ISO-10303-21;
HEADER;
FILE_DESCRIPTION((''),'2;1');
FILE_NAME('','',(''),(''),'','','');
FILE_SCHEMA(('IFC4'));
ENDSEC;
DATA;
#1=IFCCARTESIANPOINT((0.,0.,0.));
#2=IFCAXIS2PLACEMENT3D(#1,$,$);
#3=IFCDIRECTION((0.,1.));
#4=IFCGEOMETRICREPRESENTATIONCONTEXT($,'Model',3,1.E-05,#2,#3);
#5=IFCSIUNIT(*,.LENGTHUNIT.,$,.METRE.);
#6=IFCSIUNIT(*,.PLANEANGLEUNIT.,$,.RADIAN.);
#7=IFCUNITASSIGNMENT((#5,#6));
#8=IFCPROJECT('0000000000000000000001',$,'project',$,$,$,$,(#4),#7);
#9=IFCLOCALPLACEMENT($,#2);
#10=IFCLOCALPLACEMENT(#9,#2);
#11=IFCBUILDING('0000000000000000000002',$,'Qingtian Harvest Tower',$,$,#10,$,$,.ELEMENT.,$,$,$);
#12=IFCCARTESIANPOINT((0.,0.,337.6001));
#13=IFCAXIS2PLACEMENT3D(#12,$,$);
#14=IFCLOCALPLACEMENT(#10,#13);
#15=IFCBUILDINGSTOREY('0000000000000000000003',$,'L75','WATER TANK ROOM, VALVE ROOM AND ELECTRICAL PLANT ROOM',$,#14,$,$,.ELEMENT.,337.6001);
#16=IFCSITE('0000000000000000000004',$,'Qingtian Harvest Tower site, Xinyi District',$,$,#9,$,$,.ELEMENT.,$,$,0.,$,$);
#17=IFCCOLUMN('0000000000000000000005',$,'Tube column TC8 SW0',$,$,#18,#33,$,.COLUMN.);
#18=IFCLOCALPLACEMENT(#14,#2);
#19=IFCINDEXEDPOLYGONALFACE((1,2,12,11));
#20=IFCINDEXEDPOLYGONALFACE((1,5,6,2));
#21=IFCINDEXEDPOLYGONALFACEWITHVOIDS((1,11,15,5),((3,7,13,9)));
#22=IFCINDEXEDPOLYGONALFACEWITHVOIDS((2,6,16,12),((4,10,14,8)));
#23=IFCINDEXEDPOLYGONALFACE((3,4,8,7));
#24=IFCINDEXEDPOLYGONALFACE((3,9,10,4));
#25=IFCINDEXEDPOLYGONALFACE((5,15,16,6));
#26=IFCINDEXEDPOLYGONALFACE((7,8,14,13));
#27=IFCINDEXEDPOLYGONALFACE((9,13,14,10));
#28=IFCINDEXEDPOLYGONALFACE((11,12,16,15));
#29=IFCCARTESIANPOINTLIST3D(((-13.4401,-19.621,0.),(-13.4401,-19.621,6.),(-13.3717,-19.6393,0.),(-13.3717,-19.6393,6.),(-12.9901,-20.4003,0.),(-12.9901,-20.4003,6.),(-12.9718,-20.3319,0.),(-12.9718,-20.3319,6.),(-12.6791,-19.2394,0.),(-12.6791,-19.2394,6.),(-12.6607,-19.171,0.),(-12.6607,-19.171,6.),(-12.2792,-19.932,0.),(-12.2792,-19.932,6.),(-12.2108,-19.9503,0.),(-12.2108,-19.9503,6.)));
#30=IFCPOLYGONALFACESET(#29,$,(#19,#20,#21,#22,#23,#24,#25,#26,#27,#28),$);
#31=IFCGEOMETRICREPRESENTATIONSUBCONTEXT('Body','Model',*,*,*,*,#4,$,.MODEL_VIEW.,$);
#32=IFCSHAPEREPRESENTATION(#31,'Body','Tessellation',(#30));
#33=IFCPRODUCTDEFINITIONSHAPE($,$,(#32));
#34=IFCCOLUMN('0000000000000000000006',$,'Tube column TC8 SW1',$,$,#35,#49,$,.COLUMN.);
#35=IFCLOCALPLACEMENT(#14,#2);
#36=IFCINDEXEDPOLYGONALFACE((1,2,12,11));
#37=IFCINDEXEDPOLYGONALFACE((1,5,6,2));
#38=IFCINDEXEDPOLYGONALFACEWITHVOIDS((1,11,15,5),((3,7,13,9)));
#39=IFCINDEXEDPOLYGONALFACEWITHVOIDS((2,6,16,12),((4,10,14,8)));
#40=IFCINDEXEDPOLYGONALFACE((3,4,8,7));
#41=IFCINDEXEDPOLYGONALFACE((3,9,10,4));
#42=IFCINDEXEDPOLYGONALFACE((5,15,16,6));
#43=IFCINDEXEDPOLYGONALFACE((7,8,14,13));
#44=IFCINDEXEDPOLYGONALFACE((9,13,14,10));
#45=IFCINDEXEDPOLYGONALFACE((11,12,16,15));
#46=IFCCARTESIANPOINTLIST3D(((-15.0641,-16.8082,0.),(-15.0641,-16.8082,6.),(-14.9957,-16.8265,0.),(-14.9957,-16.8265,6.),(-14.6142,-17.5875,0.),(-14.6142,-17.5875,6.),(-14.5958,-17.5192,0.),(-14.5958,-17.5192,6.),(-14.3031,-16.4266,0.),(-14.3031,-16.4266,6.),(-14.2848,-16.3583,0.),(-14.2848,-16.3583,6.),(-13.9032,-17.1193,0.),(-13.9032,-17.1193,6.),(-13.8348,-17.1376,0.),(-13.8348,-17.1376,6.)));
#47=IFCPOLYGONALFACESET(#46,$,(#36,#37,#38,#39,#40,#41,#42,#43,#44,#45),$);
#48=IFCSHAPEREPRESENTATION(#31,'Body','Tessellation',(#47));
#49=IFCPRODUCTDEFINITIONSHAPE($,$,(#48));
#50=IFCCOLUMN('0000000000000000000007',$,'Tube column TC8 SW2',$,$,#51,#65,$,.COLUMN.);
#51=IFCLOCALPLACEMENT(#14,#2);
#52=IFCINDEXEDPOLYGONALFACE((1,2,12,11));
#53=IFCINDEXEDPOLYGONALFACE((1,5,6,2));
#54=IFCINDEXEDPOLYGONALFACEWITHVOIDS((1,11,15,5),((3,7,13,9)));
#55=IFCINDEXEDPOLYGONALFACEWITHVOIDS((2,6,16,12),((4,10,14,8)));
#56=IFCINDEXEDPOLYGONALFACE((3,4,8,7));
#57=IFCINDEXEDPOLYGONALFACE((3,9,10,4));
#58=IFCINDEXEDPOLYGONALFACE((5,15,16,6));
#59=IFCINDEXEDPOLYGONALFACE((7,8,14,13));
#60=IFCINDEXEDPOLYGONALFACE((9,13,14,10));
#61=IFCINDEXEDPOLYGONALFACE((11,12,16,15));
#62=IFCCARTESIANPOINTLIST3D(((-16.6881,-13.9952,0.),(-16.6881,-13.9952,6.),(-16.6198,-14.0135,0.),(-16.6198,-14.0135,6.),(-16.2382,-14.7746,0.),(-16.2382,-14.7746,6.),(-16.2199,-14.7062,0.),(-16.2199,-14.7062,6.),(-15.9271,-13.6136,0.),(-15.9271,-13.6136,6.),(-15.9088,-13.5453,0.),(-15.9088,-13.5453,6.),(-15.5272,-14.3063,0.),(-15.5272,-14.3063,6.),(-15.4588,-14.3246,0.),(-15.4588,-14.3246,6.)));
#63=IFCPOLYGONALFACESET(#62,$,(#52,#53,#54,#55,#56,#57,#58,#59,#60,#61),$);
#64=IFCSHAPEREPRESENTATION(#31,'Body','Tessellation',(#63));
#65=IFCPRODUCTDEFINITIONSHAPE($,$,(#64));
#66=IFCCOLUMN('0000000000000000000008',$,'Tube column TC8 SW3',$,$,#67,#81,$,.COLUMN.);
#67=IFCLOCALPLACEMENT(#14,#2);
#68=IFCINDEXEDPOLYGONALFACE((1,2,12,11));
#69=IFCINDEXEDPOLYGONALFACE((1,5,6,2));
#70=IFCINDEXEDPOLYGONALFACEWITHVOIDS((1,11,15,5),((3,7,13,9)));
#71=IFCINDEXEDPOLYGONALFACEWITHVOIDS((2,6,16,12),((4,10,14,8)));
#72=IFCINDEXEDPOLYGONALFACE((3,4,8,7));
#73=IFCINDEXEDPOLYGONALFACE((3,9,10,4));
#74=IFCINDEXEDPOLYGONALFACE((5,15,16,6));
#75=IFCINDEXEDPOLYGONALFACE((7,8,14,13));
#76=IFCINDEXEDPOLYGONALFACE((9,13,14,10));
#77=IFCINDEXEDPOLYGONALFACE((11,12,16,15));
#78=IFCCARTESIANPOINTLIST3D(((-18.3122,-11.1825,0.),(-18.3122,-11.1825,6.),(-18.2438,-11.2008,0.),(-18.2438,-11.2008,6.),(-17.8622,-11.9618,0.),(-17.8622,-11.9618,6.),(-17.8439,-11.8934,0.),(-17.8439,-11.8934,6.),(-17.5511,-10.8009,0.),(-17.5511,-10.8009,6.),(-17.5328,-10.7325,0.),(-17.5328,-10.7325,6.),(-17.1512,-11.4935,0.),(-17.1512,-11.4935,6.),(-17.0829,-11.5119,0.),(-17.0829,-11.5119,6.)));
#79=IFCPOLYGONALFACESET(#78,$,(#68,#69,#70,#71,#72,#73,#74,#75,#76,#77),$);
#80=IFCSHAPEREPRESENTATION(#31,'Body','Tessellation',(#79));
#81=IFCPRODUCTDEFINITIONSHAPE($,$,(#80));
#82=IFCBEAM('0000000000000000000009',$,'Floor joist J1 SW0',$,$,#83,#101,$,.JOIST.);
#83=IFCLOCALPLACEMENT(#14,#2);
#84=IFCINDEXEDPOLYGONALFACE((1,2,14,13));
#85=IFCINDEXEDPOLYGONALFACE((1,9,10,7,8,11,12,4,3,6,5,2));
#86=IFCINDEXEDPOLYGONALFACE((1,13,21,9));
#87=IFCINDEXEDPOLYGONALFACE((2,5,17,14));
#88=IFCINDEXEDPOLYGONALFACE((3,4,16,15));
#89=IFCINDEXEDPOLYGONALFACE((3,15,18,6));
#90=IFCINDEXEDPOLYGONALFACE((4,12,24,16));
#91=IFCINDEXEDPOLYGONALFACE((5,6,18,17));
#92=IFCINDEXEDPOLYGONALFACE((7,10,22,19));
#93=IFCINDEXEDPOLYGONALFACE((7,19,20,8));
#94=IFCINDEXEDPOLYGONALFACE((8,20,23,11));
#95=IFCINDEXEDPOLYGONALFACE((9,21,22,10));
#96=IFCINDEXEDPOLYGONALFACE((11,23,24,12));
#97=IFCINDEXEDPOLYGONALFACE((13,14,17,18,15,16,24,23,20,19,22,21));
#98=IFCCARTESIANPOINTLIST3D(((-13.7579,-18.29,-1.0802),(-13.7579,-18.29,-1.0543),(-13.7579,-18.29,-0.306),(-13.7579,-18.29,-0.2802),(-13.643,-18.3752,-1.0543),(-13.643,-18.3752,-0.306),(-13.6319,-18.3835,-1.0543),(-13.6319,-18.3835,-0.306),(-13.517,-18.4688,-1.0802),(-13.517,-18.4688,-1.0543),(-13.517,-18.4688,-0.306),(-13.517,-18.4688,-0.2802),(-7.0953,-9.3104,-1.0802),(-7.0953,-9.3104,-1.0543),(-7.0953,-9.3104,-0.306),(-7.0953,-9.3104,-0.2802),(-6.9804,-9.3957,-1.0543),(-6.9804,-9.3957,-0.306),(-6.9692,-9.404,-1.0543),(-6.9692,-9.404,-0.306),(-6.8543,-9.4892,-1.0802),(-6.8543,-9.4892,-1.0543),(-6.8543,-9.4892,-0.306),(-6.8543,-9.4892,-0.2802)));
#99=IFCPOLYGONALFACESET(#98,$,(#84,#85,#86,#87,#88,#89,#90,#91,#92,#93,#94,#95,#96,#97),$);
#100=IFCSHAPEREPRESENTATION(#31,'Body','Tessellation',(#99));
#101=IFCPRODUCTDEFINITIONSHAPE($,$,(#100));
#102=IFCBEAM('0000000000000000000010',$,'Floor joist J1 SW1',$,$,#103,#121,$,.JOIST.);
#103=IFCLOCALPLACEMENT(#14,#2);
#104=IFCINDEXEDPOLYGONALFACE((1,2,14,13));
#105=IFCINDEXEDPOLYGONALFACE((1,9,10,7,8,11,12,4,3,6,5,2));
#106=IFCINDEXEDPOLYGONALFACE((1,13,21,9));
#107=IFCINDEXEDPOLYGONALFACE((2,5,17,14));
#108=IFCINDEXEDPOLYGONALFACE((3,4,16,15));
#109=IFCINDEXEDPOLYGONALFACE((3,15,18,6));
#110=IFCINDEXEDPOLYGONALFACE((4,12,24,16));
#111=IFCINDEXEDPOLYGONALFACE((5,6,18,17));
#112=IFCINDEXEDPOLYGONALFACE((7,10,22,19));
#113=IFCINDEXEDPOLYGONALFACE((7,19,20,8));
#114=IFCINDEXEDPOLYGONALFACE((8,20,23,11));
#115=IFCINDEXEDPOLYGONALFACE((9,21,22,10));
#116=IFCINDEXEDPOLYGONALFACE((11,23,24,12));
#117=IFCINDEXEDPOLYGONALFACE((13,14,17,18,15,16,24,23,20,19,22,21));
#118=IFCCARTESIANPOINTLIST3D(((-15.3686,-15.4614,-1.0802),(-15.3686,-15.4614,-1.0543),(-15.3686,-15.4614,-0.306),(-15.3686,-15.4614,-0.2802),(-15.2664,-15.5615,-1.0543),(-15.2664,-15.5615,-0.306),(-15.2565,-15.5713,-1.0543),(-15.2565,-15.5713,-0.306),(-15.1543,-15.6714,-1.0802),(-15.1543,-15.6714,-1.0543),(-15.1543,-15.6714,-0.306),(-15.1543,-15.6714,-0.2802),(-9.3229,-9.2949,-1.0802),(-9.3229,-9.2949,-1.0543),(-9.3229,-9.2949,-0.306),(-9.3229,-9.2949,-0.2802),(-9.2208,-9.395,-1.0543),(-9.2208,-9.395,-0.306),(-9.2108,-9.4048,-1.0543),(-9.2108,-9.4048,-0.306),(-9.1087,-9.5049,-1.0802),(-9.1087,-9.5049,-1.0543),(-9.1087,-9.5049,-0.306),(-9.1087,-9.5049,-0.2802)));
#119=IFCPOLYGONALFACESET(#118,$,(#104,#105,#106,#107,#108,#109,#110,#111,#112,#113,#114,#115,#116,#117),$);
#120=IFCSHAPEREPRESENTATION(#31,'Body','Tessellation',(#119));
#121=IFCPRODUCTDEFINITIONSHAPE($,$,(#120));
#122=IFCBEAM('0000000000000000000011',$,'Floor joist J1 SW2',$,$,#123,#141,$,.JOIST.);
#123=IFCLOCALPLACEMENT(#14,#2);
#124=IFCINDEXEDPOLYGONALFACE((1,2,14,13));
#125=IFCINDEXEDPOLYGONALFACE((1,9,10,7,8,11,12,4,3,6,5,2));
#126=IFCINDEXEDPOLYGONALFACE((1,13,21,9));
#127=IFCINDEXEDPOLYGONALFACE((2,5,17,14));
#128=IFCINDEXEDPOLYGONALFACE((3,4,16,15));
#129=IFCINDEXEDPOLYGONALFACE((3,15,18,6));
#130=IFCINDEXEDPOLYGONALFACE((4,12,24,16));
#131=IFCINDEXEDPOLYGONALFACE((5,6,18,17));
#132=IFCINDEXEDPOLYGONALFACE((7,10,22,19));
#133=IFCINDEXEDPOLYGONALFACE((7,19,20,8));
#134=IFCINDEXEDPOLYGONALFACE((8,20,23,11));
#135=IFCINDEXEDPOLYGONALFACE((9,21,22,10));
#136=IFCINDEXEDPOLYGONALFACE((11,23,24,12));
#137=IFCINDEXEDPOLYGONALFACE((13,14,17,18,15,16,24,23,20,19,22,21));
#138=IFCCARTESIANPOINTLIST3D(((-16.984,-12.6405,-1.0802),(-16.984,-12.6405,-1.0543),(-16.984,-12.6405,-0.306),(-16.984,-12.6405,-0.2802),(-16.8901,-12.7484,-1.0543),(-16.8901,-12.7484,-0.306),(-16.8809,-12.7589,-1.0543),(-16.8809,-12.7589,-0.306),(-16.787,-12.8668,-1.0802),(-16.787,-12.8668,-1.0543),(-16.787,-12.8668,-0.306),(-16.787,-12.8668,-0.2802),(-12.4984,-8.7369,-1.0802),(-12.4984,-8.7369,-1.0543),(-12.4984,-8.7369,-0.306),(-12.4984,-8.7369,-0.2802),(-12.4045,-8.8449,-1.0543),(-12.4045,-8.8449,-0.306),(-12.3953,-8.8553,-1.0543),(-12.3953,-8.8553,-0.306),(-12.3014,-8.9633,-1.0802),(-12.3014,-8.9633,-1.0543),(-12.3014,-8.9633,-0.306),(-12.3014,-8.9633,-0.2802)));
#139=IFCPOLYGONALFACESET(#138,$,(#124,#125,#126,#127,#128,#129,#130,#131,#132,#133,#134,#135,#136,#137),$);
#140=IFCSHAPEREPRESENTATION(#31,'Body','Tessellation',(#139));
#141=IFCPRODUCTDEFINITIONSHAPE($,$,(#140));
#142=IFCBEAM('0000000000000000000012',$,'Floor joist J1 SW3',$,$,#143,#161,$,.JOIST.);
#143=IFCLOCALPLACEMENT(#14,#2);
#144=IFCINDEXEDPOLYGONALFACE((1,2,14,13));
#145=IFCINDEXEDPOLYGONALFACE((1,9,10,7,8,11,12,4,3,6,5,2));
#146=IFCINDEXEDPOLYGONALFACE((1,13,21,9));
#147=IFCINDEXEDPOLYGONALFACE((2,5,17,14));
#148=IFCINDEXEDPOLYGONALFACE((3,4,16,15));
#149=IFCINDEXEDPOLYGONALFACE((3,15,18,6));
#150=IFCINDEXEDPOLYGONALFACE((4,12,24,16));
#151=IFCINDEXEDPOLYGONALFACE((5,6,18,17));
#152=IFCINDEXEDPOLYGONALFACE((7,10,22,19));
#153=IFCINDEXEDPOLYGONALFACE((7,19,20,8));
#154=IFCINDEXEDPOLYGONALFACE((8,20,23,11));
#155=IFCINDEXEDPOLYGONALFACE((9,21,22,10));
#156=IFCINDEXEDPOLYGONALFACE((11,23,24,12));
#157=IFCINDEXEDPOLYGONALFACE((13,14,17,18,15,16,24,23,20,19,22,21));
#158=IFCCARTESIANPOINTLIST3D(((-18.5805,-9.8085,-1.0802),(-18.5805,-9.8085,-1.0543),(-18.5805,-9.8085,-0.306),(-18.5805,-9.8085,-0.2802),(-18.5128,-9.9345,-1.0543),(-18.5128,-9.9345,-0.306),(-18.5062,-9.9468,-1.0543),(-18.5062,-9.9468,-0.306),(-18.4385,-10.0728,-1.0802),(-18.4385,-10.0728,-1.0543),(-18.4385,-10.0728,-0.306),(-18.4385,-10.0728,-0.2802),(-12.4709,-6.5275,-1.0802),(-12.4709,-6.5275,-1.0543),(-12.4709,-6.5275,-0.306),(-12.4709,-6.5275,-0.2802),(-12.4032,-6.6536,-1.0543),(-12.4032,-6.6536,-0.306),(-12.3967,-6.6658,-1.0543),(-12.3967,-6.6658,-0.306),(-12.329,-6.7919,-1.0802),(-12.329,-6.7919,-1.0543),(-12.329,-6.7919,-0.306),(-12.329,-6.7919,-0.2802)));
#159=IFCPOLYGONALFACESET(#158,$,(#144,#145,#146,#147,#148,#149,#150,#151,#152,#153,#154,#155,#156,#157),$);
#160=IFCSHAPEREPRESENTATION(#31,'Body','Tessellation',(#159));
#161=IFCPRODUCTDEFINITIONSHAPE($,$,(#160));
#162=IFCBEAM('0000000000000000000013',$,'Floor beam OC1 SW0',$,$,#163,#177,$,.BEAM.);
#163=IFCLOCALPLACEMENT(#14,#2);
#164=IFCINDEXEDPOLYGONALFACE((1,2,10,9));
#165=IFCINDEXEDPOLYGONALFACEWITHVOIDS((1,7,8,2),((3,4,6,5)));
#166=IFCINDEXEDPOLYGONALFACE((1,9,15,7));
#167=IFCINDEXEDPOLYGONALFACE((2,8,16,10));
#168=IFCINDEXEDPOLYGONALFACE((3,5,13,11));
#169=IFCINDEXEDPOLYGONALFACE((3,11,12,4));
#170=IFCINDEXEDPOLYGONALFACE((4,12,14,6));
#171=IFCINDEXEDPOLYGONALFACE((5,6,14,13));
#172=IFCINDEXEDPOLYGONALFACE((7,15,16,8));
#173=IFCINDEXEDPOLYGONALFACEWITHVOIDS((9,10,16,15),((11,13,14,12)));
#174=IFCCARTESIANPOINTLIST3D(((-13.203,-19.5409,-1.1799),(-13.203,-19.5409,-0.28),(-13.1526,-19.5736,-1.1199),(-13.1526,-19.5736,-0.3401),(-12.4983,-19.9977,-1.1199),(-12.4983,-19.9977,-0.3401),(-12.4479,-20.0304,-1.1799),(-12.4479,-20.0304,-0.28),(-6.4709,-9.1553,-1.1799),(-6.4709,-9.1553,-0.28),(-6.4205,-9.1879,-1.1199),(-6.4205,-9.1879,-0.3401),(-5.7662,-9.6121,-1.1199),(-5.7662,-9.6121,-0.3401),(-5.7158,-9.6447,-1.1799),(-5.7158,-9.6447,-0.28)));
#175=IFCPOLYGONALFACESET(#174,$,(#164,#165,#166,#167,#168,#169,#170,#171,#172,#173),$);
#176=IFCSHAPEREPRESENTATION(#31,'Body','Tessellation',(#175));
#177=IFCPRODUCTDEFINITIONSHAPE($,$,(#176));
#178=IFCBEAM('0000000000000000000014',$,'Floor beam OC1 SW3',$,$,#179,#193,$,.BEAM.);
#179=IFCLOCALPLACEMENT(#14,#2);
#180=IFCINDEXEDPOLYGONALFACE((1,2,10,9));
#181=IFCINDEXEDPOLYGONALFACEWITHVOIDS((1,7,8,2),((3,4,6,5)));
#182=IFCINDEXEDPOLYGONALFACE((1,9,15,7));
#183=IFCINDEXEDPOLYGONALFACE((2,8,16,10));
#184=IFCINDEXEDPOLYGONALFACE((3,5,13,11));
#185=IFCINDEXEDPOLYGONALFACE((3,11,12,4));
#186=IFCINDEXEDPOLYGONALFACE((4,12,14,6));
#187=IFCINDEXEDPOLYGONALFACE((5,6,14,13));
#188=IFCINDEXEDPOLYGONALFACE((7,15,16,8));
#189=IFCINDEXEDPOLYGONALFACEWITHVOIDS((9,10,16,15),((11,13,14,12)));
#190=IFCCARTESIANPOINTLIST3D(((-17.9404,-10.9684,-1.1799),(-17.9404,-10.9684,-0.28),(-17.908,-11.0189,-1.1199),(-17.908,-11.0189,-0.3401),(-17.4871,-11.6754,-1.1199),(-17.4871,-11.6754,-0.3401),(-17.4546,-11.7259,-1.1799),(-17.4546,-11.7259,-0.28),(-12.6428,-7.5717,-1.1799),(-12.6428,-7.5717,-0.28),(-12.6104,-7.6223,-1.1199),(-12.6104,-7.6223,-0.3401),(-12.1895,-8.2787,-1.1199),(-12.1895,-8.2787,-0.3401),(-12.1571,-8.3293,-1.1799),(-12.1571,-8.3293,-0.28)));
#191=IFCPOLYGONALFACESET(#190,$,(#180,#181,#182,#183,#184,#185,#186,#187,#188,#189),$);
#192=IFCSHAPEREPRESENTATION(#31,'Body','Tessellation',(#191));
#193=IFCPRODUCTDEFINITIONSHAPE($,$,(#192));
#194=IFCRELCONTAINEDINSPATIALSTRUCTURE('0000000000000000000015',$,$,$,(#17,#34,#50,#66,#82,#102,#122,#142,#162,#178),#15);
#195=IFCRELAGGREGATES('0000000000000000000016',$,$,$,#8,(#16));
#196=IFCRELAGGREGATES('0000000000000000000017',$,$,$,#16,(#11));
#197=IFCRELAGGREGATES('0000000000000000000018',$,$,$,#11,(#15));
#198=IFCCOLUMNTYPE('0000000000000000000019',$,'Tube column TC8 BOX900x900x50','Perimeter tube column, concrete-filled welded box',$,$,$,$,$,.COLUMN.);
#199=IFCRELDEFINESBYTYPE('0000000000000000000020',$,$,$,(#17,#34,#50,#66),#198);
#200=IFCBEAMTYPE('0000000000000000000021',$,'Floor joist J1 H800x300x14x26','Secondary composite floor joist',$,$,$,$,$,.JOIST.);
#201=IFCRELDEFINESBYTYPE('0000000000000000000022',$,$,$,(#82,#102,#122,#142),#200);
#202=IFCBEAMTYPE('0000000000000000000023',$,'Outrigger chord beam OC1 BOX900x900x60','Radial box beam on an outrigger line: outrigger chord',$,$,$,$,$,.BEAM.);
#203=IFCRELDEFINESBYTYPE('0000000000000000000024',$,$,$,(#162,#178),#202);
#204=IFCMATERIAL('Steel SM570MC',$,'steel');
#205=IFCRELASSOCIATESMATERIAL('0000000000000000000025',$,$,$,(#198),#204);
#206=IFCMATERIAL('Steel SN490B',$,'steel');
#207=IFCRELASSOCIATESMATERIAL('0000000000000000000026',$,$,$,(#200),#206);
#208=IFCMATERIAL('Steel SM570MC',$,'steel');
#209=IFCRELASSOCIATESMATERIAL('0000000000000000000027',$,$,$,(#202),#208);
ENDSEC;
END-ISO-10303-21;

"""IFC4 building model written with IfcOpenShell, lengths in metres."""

from ifc_helpers import new_model, si_unit, direction, frame, origin, origin_2d, place, context, subcontext, project, spatial, hollow_rectangle, i_section, extrude, material, material_profile, profile_set, type_object, element, save


model = new_model("IFC4")

# Units and contexts
model_context = context("Model", 3, precision=1e-05, world=origin(), true_north=direction((0.0, 1.0)))
body_context = subcontext(model_context, "Body", "Model", "MODEL_VIEW")
ifc_project = project(units=[si_unit("LENGTHUNIT", "METRE"), si_unit("PLANEANGLEUNIT", "RADIAN")], contexts=[model_context])

# Site, building, storey
site_placement = place(None, origin())
site = spatial("IfcSite", under=ifc_project, at=site_placement, Name="Qingtian Harvest Tower site, Xinyi District", CompositionType="ELEMENT", RefElevation=0.0)
building_placement = place(site_placement, origin())
building = spatial("IfcBuilding", under=site, at=building_placement, Name="Qingtian Harvest Tower", CompositionType="ELEMENT")
storey_placement = place(building_placement, frame((0.0, 0.0, 337.6001)))
storey = spatial("IfcBuildingStorey", under=building, at=storey_placement, Name="L75", Description="WATER TANK ROOM, VALVE ROOM AND ELECTRICAL PLANT ROOM", CompositionType="ELEMENT", Elevation=337.6001)

# Columns
ifc_material_1 = material(Name="Steel SM570MC", Category="steel")
ifc_material_profile_1 = material_profile(ifc_material_1, hollow_rectangle(XDim=0.8999, YDim=0.8999, WallThickness=0.05, at=origin_2d()), Name="BOX900x900x50")
ifc_profile_set_1 = profile_set([ifc_material_profile_1], Name="Steel SM570MC")
column_type = type_object("IfcColumnType", Name="Tube column TC8 BOX900x900x50", Description="Perimeter tube column, concrete-filled welded box", PredefinedType="COLUMN", material=ifc_profile_set_1)
for number, where, z_axis, x_axis, name in (
    (1, (-12.8254, -19.7856, 0.0), (0.0, 0.0, 1.0), (0.5, -0.866025, 0.0), "Tube column TC8 SW0"),
    (2, (-14.4495, -16.9729, 0.0), (0.0, 0.0, 1.0), (0.5, -0.866025, 0.0), "Tube column TC8 SW1"),
    (3, (-16.0735, -14.1599, 0.0), (0.0, 0.0, 1.0), (0.5, -0.866025, 0.0), "Tube column TC8 SW2"),
    (4, (-17.6975, -11.3472, 0.0), (0.0, 0.0, 1.0), (0.5, -0.866025, 0.0), "Tube column TC8 SW3"),
):
    element("IfcColumn", number, at=place(storey_placement, frame(where, z_axis=z_axis, x_axis=x_axis)), inside=storey, type_object=column_type, Name=name, PredefinedType="COLUMN", context=body_context, shape_type="SweptSolid", body=[
        extrude(hollow_rectangle(XDim=0.8999, YDim=0.8999, WallThickness=0.05, at=origin_2d()), origin(), (0.0, 0.0, 1.0), 6.0),
    ])

# Beams
ifc_material_2 = material(Name="Steel SN490B", Category="steel")
ifc_material_profile_2 = material_profile(ifc_material_2, i_section(OverallWidth=0.3, OverallDepth=0.8, WebThickness=0.0139, FlangeThickness=0.0259, at=origin_2d()), Name="H800x300x14x26")
ifc_profile_set_2 = profile_set([ifc_material_profile_2], Name="Steel SN490B")
beam_type_1 = type_object("IfcBeamType", Name="Floor joist J1 H800x300x14x26", Description="Secondary composite floor joist", PredefinedType="JOIST", material=ifc_profile_set_2)
beam_1_placement = place(storey_placement, frame((-13.6375, -18.3794, -0.6802), z_axis=(0.59587, 0.803081, 0.0), x_axis=(-0.803081, 0.59587, 0.0)))
element("IfcBeam", 5, at=beam_1_placement, inside=storey, type_object=beam_type_1, Name="Floor joist J1 SW0", PredefinedType="JOIST", context=body_context, shape_type="SweptSolid", body=[
    extrude(i_section(OverallWidth=0.3, OverallDepth=0.8, WebThickness=0.0139, FlangeThickness=0.0259, at=origin_2d()), origin(), (0.0, 0.0, 1.0), 11.1814),
])
beam_2_placement = place(storey_placement, frame((-15.2615, -15.5664, -0.6802), z_axis=(0.700075, 0.714069, 0.0), x_axis=(-0.714069, 0.700075, 0.0)))
element("IfcBeam", 6, at=beam_2_placement, inside=storey, type_object=beam_type_1, Name="Floor joist J1 SW1", PredefinedType="JOIST", context=body_context, shape_type="SweptSolid", body=[
    extrude(i_section(OverallWidth=0.3, OverallDepth=0.8, WebThickness=0.0139, FlangeThickness=0.0259, at=origin_2d()), origin(), (0.0, 0.0, 1.0), 8.6357),
])
beam_3_placement = place(storey_placement, frame((-16.8855, -12.7537, -0.6802), z_axis=(0.754352, 0.65647, 0.0), x_axis=(-0.65647, 0.754352, 0.0)))
element("IfcBeam", 7, at=beam_3_placement, inside=storey, type_object=beam_type_1, Name="Floor joist J1 SW2", PredefinedType="JOIST", context=body_context, shape_type="SweptSolid", body=[
    extrude(i_section(OverallWidth=0.3, OverallDepth=0.8, WebThickness=0.0139, FlangeThickness=0.0259, at=origin_2d()), origin(), (0.0, 0.0, 1.0), 5.9463),
])
beam_4_placement = place(storey_placement, frame((-18.5095, -9.9407, -0.6802), z_axis=(0.881, 0.473117, 0.0), x_axis=(-0.473117, 0.881, 0.0)))
element("IfcBeam", 8, at=beam_4_placement, inside=storey, type_object=beam_type_1, Name="Floor joist J1 SW3", PredefinedType="JOIST", context=body_context, shape_type="SweptSolid", body=[
    extrude(i_section(OverallWidth=0.3, OverallDepth=0.8, WebThickness=0.0139, FlangeThickness=0.0259, at=origin_2d()), origin(), (0.0, 0.0, 1.0), 6.9348),
])
ifc_material_3 = material(Name="Steel SM570MC", Category="steel")
ifc_material_profile_3 = material_profile(ifc_material_3, hollow_rectangle(XDim=0.8999, YDim=0.8999, WallThickness=0.0601, at=origin_2d()), Name="BOX900x900x60")
ifc_profile_set_3 = profile_set([ifc_material_profile_3], Name="Steel SM570MC")
beam_type_2 = type_object("IfcBeamType", Name="Outrigger chord beam OC1 BOX900x900x60", Description="Radial box beam on an outrigger line: outrigger chord", PredefinedType="BEAM", material=ifc_profile_set_3)
beam_5_placement = place(storey_placement, frame((-12.8254, -19.7856, -0.73), z_axis=(0.543934, 0.839128, 0.0), x_axis=(-0.839128, 0.543934, 0.0)))
element("IfcBeam", 9, at=beam_5_placement, inside=storey, type_object=beam_type_2, Name="Floor beam OC1 SW0", PredefinedType="BEAM", context=body_context, shape_type="SweptSolid", body=[
    extrude(hollow_rectangle(XDim=0.8999, YDim=0.8999, WallThickness=0.0601, at=origin_2d()), origin(), (0.0, 0.0, 1.0), 12.3767),
])
beam_6_placement = place(storey_placement, frame((-17.6975, -11.3472, -0.73), z_axis=(0.841819, 0.539759, 0.0), x_axis=(-0.539759, 0.841819, 0.0)))
element("IfcBeam", 10, at=beam_6_placement, inside=storey, type_object=beam_type_2, Name="Floor beam OC1 SW3", PredefinedType="BEAM", context=body_context, shape_type="SweptSolid", body=[
    extrude(hollow_rectangle(XDim=0.8999, YDim=0.8999, WallThickness=0.0601, at=origin_2d()), origin(), (0.0, 0.0, 1.0), 6.293),
])

save(model, "model.ifc")
